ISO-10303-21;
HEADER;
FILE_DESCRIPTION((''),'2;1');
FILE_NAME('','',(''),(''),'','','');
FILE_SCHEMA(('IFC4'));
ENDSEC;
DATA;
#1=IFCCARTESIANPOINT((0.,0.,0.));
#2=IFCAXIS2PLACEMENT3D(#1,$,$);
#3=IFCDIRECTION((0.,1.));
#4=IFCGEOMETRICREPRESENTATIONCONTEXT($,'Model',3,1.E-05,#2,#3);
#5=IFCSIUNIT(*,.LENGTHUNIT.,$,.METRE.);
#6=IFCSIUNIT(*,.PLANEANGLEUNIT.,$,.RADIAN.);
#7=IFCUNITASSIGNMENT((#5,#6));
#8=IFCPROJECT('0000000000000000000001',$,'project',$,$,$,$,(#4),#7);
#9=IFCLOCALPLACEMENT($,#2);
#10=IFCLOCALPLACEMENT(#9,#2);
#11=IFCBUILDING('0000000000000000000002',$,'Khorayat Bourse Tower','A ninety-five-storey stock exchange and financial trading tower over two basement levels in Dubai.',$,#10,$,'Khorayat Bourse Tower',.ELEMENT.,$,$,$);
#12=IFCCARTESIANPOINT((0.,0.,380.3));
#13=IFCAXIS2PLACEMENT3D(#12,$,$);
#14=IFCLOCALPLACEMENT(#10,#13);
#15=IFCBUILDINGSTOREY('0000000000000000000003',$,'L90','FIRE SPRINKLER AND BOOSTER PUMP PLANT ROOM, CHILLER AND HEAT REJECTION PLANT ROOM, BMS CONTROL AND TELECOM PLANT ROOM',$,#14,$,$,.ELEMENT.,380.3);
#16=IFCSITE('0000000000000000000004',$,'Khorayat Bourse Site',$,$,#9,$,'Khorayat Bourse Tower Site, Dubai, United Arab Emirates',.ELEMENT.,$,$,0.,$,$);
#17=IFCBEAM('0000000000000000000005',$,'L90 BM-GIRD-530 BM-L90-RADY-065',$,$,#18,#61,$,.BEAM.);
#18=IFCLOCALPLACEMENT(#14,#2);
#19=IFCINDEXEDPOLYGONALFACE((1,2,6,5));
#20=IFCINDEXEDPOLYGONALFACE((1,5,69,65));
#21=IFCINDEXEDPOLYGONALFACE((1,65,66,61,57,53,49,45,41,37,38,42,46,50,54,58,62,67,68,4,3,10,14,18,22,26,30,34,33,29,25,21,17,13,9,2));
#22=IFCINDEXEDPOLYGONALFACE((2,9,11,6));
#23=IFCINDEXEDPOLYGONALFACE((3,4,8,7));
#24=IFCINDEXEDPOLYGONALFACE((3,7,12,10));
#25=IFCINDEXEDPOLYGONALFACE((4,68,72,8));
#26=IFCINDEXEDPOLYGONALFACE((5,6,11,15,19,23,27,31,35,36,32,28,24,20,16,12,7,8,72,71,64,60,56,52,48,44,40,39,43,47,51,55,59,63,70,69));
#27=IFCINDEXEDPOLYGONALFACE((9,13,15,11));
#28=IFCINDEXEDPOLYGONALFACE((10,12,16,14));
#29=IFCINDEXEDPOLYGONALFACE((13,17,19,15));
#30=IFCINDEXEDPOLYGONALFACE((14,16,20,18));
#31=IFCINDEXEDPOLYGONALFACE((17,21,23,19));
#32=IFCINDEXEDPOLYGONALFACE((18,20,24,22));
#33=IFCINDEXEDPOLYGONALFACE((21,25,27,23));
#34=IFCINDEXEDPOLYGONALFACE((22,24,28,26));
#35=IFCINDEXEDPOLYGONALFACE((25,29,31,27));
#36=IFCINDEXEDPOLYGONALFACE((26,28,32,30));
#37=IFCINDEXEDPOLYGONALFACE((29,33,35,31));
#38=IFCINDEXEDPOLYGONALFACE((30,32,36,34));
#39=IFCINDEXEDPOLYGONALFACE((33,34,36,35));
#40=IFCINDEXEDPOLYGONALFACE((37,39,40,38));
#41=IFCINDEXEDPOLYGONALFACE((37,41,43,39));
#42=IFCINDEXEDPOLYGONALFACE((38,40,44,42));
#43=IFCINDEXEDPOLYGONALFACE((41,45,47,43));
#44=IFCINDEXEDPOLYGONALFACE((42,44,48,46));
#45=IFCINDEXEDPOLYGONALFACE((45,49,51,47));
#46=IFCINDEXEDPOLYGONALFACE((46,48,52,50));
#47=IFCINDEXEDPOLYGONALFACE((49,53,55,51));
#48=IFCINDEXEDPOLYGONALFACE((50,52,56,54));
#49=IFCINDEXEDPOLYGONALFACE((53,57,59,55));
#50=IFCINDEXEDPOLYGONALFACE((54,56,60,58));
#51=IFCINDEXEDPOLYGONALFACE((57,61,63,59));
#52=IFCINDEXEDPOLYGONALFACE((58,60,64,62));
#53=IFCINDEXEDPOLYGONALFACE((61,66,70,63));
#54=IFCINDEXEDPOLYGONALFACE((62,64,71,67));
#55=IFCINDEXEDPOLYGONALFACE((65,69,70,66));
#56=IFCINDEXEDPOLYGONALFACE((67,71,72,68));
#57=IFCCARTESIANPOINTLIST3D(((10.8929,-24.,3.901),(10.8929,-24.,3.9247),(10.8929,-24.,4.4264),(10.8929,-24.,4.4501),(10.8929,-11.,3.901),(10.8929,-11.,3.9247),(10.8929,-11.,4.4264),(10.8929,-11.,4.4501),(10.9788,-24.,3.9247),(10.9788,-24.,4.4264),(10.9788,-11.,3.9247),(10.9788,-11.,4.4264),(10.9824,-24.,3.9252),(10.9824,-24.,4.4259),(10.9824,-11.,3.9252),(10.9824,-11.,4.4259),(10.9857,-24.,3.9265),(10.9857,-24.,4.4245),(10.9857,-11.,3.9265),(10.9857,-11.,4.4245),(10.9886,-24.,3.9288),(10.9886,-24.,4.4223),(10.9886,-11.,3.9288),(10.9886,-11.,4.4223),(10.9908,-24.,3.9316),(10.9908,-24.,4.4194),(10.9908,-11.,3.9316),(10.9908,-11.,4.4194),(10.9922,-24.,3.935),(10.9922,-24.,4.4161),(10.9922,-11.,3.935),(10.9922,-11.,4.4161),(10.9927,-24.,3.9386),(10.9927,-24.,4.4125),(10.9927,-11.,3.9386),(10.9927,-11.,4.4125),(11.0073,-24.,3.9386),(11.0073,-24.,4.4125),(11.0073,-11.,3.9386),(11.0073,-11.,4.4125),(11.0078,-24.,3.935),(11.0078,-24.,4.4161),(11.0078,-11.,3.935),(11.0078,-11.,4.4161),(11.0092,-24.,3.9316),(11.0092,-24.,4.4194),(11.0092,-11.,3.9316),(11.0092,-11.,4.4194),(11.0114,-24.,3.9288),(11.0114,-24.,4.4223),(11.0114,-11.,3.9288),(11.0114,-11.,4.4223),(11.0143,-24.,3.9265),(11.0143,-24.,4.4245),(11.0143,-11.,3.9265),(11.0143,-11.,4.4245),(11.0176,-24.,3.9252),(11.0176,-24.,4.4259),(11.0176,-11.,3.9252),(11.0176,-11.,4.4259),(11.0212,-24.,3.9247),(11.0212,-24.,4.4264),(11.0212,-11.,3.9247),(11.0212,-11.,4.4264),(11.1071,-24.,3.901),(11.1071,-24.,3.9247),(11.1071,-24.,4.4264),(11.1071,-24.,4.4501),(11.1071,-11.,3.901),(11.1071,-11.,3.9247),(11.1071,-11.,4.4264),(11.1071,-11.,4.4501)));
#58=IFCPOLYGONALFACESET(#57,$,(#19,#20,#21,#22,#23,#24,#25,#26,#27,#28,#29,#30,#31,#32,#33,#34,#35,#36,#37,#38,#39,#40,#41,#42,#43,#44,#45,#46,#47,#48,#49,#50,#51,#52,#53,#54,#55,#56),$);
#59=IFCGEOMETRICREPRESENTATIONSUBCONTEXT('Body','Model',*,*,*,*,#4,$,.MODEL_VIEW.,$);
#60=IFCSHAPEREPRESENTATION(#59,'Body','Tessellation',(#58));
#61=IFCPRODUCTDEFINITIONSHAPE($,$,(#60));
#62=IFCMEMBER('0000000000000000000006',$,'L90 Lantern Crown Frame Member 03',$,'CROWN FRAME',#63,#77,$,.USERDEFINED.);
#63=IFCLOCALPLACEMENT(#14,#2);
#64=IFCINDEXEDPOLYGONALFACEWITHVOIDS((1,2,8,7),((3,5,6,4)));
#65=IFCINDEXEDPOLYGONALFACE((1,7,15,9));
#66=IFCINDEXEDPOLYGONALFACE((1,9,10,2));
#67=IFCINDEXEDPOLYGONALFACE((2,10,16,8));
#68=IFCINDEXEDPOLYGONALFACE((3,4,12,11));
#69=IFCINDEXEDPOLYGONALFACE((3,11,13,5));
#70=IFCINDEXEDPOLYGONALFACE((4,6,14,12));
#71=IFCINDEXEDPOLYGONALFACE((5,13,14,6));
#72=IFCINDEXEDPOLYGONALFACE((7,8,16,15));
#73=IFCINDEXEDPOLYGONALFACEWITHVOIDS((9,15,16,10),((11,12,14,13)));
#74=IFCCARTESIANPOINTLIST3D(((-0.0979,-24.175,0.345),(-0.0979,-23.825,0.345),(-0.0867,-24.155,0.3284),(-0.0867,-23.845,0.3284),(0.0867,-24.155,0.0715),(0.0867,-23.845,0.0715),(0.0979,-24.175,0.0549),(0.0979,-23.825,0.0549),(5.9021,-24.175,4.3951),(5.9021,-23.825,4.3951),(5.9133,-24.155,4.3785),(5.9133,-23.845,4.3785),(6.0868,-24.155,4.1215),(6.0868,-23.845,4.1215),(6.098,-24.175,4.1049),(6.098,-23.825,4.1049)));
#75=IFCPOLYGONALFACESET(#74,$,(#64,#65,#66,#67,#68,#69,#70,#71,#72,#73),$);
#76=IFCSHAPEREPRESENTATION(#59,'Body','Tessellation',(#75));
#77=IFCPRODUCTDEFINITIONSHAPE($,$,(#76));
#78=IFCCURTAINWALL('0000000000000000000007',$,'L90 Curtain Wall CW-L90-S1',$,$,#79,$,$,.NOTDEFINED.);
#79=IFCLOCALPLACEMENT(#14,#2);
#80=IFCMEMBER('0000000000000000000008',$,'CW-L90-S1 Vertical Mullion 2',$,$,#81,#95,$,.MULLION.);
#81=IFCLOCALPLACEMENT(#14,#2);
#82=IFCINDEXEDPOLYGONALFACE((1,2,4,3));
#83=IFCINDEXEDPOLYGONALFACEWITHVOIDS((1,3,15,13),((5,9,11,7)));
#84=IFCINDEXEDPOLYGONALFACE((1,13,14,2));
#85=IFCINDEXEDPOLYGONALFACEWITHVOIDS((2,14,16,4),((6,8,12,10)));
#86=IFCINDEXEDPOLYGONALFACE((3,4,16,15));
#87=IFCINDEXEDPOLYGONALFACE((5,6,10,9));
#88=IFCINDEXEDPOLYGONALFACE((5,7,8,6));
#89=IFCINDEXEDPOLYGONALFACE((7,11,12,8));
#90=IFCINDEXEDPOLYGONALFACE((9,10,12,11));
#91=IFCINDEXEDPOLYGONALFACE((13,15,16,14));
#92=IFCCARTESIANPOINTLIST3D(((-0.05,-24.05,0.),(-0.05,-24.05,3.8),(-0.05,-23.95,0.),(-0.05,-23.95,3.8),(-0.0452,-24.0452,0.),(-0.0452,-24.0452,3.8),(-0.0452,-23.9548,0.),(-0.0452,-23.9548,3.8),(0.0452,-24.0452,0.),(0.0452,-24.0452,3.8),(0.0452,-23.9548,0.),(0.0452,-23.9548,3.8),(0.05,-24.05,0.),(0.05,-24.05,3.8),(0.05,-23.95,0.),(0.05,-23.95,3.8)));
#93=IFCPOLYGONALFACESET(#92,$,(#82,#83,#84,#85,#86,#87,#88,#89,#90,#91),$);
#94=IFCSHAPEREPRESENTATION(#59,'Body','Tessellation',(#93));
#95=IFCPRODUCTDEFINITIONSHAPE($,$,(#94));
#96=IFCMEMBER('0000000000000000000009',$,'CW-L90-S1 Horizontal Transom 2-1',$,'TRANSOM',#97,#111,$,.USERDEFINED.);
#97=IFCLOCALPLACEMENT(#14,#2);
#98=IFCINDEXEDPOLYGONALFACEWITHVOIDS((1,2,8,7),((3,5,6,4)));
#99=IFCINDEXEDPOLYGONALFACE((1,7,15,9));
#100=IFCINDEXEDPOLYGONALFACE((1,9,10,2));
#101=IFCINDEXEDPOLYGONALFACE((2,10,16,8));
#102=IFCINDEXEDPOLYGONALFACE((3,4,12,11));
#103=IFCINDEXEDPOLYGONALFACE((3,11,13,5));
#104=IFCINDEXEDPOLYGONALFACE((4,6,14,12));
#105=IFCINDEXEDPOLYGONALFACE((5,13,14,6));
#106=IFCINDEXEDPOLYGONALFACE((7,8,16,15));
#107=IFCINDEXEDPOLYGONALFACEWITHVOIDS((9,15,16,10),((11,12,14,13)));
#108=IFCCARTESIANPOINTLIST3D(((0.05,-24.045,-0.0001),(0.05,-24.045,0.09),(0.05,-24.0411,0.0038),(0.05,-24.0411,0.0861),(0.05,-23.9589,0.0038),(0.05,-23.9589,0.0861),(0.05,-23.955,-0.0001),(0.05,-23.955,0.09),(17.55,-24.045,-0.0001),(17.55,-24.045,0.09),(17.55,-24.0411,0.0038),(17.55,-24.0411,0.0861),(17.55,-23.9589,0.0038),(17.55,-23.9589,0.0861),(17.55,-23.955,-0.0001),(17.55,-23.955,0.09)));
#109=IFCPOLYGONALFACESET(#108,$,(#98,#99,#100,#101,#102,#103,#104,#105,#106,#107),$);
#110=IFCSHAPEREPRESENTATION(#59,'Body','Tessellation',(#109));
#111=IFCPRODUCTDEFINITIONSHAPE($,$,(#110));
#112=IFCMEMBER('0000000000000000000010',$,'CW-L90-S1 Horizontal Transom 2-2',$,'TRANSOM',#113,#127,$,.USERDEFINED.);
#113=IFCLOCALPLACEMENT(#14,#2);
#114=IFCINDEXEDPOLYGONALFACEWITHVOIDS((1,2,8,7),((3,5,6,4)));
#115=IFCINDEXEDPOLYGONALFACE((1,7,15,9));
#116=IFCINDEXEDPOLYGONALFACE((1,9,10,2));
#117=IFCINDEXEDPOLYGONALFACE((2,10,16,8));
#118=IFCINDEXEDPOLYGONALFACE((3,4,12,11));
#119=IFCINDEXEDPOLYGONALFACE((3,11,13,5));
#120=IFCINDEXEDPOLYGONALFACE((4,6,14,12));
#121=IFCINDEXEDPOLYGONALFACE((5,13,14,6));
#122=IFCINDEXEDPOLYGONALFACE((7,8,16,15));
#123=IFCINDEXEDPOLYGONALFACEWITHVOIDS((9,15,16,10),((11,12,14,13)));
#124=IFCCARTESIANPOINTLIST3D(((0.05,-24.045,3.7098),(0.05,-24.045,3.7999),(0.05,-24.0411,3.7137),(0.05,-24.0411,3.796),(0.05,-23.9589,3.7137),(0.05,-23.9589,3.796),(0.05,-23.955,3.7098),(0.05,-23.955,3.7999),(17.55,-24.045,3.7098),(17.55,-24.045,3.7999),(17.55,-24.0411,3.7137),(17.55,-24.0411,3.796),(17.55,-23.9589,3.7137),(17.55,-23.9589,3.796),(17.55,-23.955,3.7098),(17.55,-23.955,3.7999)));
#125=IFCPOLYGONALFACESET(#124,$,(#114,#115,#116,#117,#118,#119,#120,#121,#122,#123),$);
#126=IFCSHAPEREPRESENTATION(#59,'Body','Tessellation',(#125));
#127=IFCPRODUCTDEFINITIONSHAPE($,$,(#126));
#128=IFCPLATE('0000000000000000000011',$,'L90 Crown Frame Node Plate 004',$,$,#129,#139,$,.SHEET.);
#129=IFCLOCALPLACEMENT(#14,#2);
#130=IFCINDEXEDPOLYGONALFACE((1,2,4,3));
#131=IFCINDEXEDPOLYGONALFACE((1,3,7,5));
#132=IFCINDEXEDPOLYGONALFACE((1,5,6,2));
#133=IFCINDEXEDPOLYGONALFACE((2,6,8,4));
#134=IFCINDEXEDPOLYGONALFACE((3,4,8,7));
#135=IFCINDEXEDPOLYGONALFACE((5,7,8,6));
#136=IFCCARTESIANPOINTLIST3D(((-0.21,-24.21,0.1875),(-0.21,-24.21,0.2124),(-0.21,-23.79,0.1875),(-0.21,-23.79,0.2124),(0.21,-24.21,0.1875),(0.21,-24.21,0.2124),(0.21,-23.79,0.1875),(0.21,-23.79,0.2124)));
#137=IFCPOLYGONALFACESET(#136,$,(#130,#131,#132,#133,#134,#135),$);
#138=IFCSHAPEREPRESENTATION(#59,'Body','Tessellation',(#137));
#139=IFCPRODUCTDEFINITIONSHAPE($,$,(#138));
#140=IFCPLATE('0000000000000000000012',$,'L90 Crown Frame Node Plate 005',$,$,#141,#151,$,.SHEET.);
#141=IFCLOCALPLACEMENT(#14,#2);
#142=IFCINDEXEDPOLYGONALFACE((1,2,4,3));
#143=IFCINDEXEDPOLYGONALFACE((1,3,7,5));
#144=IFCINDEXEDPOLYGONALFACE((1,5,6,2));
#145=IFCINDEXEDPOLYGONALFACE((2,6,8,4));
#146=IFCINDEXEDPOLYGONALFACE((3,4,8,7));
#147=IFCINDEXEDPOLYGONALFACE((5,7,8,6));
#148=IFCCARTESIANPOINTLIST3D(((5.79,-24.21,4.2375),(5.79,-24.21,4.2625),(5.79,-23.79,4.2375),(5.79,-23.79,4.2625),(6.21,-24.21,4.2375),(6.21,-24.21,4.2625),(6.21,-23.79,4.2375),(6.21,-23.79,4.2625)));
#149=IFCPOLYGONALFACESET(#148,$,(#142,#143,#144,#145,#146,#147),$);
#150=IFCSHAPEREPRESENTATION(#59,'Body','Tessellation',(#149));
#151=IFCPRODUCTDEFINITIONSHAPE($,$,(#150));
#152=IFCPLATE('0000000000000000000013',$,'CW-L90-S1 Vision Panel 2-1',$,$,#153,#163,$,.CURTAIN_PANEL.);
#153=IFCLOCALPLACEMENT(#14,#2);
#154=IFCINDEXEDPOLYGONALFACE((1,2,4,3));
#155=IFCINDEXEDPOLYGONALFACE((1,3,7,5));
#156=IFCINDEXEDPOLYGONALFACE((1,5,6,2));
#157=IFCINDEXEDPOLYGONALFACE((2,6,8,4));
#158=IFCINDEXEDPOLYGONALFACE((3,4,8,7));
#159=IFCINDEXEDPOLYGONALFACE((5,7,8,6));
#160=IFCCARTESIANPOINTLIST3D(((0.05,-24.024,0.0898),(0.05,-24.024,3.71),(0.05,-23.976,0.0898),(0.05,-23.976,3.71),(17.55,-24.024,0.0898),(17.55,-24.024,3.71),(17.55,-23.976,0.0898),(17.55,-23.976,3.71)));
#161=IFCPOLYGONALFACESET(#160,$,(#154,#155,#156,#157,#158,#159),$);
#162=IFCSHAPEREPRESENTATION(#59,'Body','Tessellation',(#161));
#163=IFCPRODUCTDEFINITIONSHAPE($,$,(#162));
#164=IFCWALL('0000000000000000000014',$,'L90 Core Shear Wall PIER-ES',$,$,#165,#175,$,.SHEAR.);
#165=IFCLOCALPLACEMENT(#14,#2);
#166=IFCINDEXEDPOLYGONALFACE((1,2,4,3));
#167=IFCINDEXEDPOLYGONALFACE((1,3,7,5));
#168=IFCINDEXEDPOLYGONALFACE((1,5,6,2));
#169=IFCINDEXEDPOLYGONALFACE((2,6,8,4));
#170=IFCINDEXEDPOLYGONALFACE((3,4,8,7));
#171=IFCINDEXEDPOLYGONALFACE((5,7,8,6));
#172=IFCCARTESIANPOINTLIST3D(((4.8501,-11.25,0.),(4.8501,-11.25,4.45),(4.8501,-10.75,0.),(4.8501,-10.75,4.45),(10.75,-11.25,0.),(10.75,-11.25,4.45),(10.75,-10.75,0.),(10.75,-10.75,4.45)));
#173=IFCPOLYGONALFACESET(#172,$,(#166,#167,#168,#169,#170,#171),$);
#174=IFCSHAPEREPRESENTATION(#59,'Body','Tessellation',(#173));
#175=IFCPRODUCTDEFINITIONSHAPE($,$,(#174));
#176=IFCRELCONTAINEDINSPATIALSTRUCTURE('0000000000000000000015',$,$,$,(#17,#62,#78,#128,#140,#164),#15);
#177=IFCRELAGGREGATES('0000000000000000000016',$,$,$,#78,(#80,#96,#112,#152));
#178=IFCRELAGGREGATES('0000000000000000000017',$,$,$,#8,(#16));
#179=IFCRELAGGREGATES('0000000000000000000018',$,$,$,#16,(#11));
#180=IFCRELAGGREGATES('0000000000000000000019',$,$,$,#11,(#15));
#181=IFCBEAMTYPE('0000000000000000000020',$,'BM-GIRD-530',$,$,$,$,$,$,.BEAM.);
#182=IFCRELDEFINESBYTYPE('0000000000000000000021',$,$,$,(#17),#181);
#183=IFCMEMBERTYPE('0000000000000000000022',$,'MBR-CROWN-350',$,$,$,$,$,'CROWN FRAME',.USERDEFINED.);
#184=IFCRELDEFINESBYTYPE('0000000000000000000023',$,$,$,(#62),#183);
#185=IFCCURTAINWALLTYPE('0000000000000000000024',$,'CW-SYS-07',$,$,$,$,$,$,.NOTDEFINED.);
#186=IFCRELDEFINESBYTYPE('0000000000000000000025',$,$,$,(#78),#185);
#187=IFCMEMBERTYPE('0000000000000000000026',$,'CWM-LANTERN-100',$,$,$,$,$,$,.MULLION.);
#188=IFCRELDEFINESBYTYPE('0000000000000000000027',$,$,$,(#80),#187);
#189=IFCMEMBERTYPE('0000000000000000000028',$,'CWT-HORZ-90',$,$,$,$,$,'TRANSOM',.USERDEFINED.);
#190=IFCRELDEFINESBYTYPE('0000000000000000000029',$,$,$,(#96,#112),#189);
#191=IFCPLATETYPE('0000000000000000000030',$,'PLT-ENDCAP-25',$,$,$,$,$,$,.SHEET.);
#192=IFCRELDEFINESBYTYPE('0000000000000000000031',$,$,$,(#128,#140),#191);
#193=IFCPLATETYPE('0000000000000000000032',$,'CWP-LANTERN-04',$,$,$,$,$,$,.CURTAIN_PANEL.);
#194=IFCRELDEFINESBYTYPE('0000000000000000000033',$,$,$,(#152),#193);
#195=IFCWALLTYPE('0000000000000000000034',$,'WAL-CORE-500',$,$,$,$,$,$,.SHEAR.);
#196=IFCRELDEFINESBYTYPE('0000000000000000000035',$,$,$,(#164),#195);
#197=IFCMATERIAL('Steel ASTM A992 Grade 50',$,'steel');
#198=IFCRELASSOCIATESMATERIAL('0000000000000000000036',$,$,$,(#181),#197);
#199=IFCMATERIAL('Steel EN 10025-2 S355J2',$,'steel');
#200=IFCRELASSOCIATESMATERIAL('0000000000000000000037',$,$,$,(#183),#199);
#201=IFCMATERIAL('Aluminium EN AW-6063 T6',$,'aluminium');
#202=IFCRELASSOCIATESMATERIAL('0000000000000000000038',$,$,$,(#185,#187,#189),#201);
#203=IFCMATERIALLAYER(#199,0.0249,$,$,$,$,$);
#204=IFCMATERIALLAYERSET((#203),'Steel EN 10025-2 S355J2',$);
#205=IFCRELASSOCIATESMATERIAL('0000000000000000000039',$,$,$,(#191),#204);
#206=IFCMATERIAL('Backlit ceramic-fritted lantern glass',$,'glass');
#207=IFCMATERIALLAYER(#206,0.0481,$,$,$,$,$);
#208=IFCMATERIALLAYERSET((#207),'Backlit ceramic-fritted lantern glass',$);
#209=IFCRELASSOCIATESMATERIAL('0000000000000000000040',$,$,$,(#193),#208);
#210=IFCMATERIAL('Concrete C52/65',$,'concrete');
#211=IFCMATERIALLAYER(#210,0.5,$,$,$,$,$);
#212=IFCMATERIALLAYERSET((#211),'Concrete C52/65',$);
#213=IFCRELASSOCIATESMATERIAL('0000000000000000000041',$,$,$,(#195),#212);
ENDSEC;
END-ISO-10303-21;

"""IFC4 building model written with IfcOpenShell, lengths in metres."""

from ifc_helpers import new_model, si_unit, direction, frame, frame_2d, origin, origin_2d, place, context, subcontext, project, spatial, rectangle, hollow_rectangle, i_section, extrude, source, transform, mapped, material, layer, layer_set, material_profile, profile_set, type_object, element, aggregate, save


model = new_model("IFC4")

# Units and contexts
model_context = context("Model", 3, precision=1e-05, world=origin(), true_north=direction((0.0, 1.0)))
body_context = subcontext(model_context, "Body", "Model", "MODEL_VIEW")
ifc_project = project(units=[si_unit("LENGTHUNIT", "METRE"), si_unit("PLANEANGLEUNIT", "RADIAN")], contexts=[model_context])

# Site, building, storey
site_placement = place(None, origin())
site = spatial("IfcSite", under=ifc_project, at=site_placement, Name="Khorayat Bourse Site", LongName="Khorayat Bourse Tower Site, Dubai, United Arab Emirates", CompositionType="ELEMENT", RefElevation=0.0)
building_placement = place(site_placement, origin())
building = spatial("IfcBuilding", under=site, at=building_placement, Name="Khorayat Bourse Tower", Description="A ninety-five-storey stock exchange and financial trading tower over two basement levels in Dubai.", LongName="Khorayat Bourse Tower", CompositionType="ELEMENT")
storey_placement = place(building_placement, frame((0.0, 0.0, 380.3)))
storey = spatial("IfcBuildingStorey", under=building, at=storey_placement, Name="L90", Description="FIRE SPRINKLER AND BOOSTER PUMP PLANT ROOM, CHILLER AND HEAT REJECTION PLANT ROOM, BMS CONTROL AND TELECOM PLANT ROOM", CompositionType="ELEMENT", Elevation=380.3)

# Shared definitions
ifc_material_1 = material(Name="Concrete C52/65", Category="concrete")
ifc_material_2 = material(Name="Steel EN 10025-2 S355J2", Category="steel")

# Beam
ifc_material_3 = material(Name="Steel ASTM A992 Grade 50", Category="steel")
ifc_material_profile_1 = material_profile(ifc_material_3, i_section(OverallWidth=0.2141, OverallDepth=0.5491, WebThickness=0.0146, FlangeThickness=0.0237, FilletRadius=0.0139, at=origin_2d()), Name="W530X138")
ifc_profile_set_1 = profile_set([ifc_material_profile_1], Name="Steel ASTM A992 Grade 50")
beam_type_1 = type_object("IfcBeamType", Name="BM-GIRD-530", PredefinedType="BEAM", material=ifc_profile_set_1)
shared_shape_1 = source(origin(), body_context, "Body", "SweptSolid", [
    extrude(i_section(OverallWidth=0.2141, OverallDepth=0.5491, WebThickness=0.0146, FlangeThickness=0.0237, FilletRadius=0.0139, at=origin_2d()), origin(), (0.0, 0.0, 1.0), 13.0),
])
for number, where, z_axis, x_axis, name in (
    (1, (11.0, -24.0, 4.1755), (0.0, 1.0, 0.0), (-1.0, 0.0, 0.0), "L90 BM-GIRD-530 BM-L90-RADY-065"),
):
    element("IfcBeam", number, at=place(storey_placement, frame(where, z_axis=z_axis, x_axis=x_axis)), inside=storey, type_object=beam_type_1, Name=name, PredefinedType="BEAM", context=body_context, shape_type="MappedRepresentation", body=[
        mapped(shared_shape_1, transform((0.0, 0.0, 0.0), scale=1.0)),
    ])

# Member
ifc_material_profile_2 = material_profile(ifc_material_2, hollow_rectangle(XDim=0.3501, YDim=0.3501, WallThickness=0.02, at=origin_2d()), Name="HSS 350x350x20")
ifc_profile_set_2 = profile_set([ifc_material_profile_2], Name="Steel EN 10025-2 S355J2")
member_type_1 = type_object("IfcMemberType", Name="MBR-CROWN-350", ElementType="CROWN FRAME", PredefinedType="USERDEFINED", material=ifc_profile_set_2)
shared_shape_2 = source(origin(), body_context, "Body", "SweptSolid", [
    extrude(hollow_rectangle(XDim=0.3501, YDim=0.3501, WallThickness=0.02, at=origin_2d()), origin(), (0.0, 0.0, 1.0), 7.239),
])
member_1_placement = place(storey_placement, frame((0.0, -24.0, 0.2), z_axis=(0.828846, 0.0, 0.559477), x_axis=(0.0, 1.0, 0.0)))
element("IfcMember", 2, at=member_1_placement, inside=storey, type_object=member_type_1, Name="L90 Lantern Crown Frame Member 03", ObjectType="CROWN FRAME", PredefinedType="USERDEFINED", context=body_context, shape_type="MappedRepresentation", body=[
    mapped(shared_shape_2, transform((0.0, 0.0, 0.0), scale=1.0)),
])

# Curtain wall, members
ifc_material_4 = material(Name="Aluminium EN AW-6063 T6", Category="aluminium")
curtain_wall_type = type_object("IfcCurtainWallType", Name="CW-SYS-07", PredefinedType="NOTDEFINED", material=ifc_material_4)
curtain_wall_placement = place(storey_placement, origin())
curtain_wall = element("IfcCurtainWall", 3, at=curtain_wall_placement, inside=storey, type_object=curtain_wall_type, Name="L90 Curtain Wall CW-L90-S1", PredefinedType="NOTDEFINED")
ifc_material_profile_3 = material_profile(ifc_material_4, hollow_rectangle(XDim=0.1001, YDim=0.1001, WallThickness=0.0049, at=origin_2d()), Name="ALU 100x100x5")
ifc_profile_set_3 = profile_set([ifc_material_profile_3], Name="Aluminium EN AW-6063 T6")
member_type_2 = type_object("IfcMemberType", Name="CWM-LANTERN-100", PredefinedType="MULLION", material=ifc_profile_set_3)
shared_shape_3 = source(origin(), body_context, "Body", "SweptSolid", [
    extrude(hollow_rectangle(XDim=0.1001, YDim=0.1001, WallThickness=0.0049, at=origin_2d()), origin(), (0.0, 0.0, 1.0), 3.8),
])
member_2_placement = place(storey_placement, frame((0.0, -24.0, 0.0), z_axis=(0.0, 0.0, 1.0), x_axis=(0.0, 1.0, 0.0)))
member_2 = element("IfcMember", 4, at=member_2_placement, type_object=member_type_2, Name="CW-L90-S1 Vertical Mullion 2", PredefinedType="MULLION", context=body_context, shape_type="MappedRepresentation", body=[
    mapped(shared_shape_3, transform((0.0, 0.0, 0.0), scale=1.0)),
])
ifc_material_profile_4 = material_profile(ifc_material_4, hollow_rectangle(XDim=0.0901, YDim=0.0901, WallThickness=0.0039, at=origin_2d()), Name="ALU 90x90x4")
ifc_profile_set_4 = profile_set([ifc_material_profile_4], Name="Aluminium EN AW-6063 T6")
member_type_3 = type_object("IfcMemberType", Name="CWT-HORZ-90", ElementType="TRANSOM", PredefinedType="USERDEFINED", material=ifc_profile_set_4)
shared_shape_4 = source(origin(), body_context, "Body", "SweptSolid", [
    extrude(hollow_rectangle(XDim=0.0901, YDim=0.0901, WallThickness=0.0039, at=origin_2d()), origin(), (0.0, 0.0, 1.0), 17.5),
])
member_3_placement = place(storey_placement, frame((0.05, -24.0, 0.0449), z_axis=(1.0, 0.0, 0.0), x_axis=(0.0, 1.0, 0.0)))
member_3 = element("IfcMember", 5, at=member_3_placement, type_object=member_type_3, Name="CW-L90-S1 Horizontal Transom 2-1", ObjectType="TRANSOM", PredefinedType="USERDEFINED", context=body_context, shape_type="MappedRepresentation", body=[
    mapped(shared_shape_4, transform((0.0, 0.0, 0.0), scale=1.0)),
])
member_4_placement = place(storey_placement, frame((0.05, -24.0, 3.7549), z_axis=(1.0, 0.0, 0.0), x_axis=(0.0, 1.0, 0.0)))
member_4 = element("IfcMember", 6, at=member_4_placement, type_object=member_type_3, Name="CW-L90-S1 Horizontal Transom 2-2", ObjectType="TRANSOM", PredefinedType="USERDEFINED", context=body_context, shape_type="MappedRepresentation", body=[
    mapped(shared_shape_4, transform((0.0, 0.0, 0.0), scale=1.0)),
])

# Plates
ifc_layer_1 = layer(ifc_material_2, 0.0249)
ifc_layer_set_1 = layer_set([ifc_layer_1], Name="Steel EN 10025-2 S355J2")
plate_type_1 = type_object("IfcPlateType", Name="PLT-ENDCAP-25", PredefinedType="SHEET", material=ifc_layer_set_1)
shared_shape_5 = source(origin(), body_context, "Body", "SweptSolid", [
    extrude(rectangle(XDim=0.4199, YDim=0.4199, at=origin_2d()), origin(), (0.0, 0.0, 1.0), 0.0249),
])
for number, where, z_axis, x_axis, name in (
    (7, (0.0, -24.0, 0.1875), (0.0, 0.0, 1.0), (1.0, 0.0, 0.0), "L90 Crown Frame Node Plate 004"),
    (8, (6.0, -24.0, 4.2375), (0.0, 0.0, 1.0), (1.0, 0.0, 0.0), "L90 Crown Frame Node Plate 005"),
):
    element("IfcPlate", number, at=place(storey_placement, frame(where, z_axis=z_axis, x_axis=x_axis)), inside=storey, type_object=plate_type_1, Name=name, PredefinedType="SHEET", context=body_context, shape_type="MappedRepresentation", body=[
        mapped(shared_shape_5, transform((0.0, 0.0, 0.0), scale=1.0)),
    ])

# Plate
ifc_material_5 = material(Name="Backlit ceramic-fritted lantern glass", Category="glass")
ifc_layer_2 = layer(ifc_material_5, 0.0481)
ifc_layer_set_2 = layer_set([ifc_layer_2], Name="Backlit ceramic-fritted lantern glass")
plate_type_2 = type_object("IfcPlateType", Name="CWP-LANTERN-04", PredefinedType="CURTAIN_PANEL", material=ifc_layer_set_2)
shared_shape_6 = source(origin(), body_context, "Body", "SweptSolid", [
    extrude(rectangle(XDim=17.5, YDim=0.0481, at=origin_2d()), origin(), (0.0, 0.0, 1.0), 3.6201),
])
plate_placement = place(storey_placement, frame((8.8, -24.0, 0.0898), z_axis=(0.0, 0.0, 1.0), x_axis=(1.0, 0.0, 0.0)))
plate = element("IfcPlate", 9, at=plate_placement, type_object=plate_type_2, Name="CW-L90-S1 Vision Panel 2-1", PredefinedType="CURTAIN_PANEL", context=body_context, shape_type="MappedRepresentation", body=[
    mapped(shared_shape_6, transform((0.0, 0.0, 0.0), scale=1.0)),
])
aggregate(curtain_wall, [member_2, member_3, member_4, plate])

# Wall
ifc_layer_3 = layer(ifc_material_1, 0.5)
ifc_layer_set_3 = layer_set([ifc_layer_3], Name="Concrete C52/65")
wall_type_1 = type_object("IfcWallType", Name="WAL-CORE-500", PredefinedType="SHEAR", material=ifc_layer_set_3)
shared_shape_7 = source(origin(), body_context, "Body", "SweptSolid", [
    extrude(rectangle(XDim=5.8999, YDim=0.5, at=frame_2d((2.95, 0.0))), origin(), (0.0, 0.0, 1.0), 4.45),
])
wall_1_placement = place(storey_placement, frame((4.8501, -11.0, 0.0), z_axis=(0.0, 0.0, 1.0), x_axis=(1.0, 0.0, 0.0)))
element("IfcWall", 10, at=wall_1_placement, inside=storey, type_object=wall_type_1, Name="L90 Core Shear Wall PIER-ES", PredefinedType="SHEAR", context=body_context, shape_type="MappedRepresentation", body=[
    mapped(shared_shape_7, transform((0.0, 0.0, 0.0), scale=1.0)),
])

save(model, "model.ifc")
